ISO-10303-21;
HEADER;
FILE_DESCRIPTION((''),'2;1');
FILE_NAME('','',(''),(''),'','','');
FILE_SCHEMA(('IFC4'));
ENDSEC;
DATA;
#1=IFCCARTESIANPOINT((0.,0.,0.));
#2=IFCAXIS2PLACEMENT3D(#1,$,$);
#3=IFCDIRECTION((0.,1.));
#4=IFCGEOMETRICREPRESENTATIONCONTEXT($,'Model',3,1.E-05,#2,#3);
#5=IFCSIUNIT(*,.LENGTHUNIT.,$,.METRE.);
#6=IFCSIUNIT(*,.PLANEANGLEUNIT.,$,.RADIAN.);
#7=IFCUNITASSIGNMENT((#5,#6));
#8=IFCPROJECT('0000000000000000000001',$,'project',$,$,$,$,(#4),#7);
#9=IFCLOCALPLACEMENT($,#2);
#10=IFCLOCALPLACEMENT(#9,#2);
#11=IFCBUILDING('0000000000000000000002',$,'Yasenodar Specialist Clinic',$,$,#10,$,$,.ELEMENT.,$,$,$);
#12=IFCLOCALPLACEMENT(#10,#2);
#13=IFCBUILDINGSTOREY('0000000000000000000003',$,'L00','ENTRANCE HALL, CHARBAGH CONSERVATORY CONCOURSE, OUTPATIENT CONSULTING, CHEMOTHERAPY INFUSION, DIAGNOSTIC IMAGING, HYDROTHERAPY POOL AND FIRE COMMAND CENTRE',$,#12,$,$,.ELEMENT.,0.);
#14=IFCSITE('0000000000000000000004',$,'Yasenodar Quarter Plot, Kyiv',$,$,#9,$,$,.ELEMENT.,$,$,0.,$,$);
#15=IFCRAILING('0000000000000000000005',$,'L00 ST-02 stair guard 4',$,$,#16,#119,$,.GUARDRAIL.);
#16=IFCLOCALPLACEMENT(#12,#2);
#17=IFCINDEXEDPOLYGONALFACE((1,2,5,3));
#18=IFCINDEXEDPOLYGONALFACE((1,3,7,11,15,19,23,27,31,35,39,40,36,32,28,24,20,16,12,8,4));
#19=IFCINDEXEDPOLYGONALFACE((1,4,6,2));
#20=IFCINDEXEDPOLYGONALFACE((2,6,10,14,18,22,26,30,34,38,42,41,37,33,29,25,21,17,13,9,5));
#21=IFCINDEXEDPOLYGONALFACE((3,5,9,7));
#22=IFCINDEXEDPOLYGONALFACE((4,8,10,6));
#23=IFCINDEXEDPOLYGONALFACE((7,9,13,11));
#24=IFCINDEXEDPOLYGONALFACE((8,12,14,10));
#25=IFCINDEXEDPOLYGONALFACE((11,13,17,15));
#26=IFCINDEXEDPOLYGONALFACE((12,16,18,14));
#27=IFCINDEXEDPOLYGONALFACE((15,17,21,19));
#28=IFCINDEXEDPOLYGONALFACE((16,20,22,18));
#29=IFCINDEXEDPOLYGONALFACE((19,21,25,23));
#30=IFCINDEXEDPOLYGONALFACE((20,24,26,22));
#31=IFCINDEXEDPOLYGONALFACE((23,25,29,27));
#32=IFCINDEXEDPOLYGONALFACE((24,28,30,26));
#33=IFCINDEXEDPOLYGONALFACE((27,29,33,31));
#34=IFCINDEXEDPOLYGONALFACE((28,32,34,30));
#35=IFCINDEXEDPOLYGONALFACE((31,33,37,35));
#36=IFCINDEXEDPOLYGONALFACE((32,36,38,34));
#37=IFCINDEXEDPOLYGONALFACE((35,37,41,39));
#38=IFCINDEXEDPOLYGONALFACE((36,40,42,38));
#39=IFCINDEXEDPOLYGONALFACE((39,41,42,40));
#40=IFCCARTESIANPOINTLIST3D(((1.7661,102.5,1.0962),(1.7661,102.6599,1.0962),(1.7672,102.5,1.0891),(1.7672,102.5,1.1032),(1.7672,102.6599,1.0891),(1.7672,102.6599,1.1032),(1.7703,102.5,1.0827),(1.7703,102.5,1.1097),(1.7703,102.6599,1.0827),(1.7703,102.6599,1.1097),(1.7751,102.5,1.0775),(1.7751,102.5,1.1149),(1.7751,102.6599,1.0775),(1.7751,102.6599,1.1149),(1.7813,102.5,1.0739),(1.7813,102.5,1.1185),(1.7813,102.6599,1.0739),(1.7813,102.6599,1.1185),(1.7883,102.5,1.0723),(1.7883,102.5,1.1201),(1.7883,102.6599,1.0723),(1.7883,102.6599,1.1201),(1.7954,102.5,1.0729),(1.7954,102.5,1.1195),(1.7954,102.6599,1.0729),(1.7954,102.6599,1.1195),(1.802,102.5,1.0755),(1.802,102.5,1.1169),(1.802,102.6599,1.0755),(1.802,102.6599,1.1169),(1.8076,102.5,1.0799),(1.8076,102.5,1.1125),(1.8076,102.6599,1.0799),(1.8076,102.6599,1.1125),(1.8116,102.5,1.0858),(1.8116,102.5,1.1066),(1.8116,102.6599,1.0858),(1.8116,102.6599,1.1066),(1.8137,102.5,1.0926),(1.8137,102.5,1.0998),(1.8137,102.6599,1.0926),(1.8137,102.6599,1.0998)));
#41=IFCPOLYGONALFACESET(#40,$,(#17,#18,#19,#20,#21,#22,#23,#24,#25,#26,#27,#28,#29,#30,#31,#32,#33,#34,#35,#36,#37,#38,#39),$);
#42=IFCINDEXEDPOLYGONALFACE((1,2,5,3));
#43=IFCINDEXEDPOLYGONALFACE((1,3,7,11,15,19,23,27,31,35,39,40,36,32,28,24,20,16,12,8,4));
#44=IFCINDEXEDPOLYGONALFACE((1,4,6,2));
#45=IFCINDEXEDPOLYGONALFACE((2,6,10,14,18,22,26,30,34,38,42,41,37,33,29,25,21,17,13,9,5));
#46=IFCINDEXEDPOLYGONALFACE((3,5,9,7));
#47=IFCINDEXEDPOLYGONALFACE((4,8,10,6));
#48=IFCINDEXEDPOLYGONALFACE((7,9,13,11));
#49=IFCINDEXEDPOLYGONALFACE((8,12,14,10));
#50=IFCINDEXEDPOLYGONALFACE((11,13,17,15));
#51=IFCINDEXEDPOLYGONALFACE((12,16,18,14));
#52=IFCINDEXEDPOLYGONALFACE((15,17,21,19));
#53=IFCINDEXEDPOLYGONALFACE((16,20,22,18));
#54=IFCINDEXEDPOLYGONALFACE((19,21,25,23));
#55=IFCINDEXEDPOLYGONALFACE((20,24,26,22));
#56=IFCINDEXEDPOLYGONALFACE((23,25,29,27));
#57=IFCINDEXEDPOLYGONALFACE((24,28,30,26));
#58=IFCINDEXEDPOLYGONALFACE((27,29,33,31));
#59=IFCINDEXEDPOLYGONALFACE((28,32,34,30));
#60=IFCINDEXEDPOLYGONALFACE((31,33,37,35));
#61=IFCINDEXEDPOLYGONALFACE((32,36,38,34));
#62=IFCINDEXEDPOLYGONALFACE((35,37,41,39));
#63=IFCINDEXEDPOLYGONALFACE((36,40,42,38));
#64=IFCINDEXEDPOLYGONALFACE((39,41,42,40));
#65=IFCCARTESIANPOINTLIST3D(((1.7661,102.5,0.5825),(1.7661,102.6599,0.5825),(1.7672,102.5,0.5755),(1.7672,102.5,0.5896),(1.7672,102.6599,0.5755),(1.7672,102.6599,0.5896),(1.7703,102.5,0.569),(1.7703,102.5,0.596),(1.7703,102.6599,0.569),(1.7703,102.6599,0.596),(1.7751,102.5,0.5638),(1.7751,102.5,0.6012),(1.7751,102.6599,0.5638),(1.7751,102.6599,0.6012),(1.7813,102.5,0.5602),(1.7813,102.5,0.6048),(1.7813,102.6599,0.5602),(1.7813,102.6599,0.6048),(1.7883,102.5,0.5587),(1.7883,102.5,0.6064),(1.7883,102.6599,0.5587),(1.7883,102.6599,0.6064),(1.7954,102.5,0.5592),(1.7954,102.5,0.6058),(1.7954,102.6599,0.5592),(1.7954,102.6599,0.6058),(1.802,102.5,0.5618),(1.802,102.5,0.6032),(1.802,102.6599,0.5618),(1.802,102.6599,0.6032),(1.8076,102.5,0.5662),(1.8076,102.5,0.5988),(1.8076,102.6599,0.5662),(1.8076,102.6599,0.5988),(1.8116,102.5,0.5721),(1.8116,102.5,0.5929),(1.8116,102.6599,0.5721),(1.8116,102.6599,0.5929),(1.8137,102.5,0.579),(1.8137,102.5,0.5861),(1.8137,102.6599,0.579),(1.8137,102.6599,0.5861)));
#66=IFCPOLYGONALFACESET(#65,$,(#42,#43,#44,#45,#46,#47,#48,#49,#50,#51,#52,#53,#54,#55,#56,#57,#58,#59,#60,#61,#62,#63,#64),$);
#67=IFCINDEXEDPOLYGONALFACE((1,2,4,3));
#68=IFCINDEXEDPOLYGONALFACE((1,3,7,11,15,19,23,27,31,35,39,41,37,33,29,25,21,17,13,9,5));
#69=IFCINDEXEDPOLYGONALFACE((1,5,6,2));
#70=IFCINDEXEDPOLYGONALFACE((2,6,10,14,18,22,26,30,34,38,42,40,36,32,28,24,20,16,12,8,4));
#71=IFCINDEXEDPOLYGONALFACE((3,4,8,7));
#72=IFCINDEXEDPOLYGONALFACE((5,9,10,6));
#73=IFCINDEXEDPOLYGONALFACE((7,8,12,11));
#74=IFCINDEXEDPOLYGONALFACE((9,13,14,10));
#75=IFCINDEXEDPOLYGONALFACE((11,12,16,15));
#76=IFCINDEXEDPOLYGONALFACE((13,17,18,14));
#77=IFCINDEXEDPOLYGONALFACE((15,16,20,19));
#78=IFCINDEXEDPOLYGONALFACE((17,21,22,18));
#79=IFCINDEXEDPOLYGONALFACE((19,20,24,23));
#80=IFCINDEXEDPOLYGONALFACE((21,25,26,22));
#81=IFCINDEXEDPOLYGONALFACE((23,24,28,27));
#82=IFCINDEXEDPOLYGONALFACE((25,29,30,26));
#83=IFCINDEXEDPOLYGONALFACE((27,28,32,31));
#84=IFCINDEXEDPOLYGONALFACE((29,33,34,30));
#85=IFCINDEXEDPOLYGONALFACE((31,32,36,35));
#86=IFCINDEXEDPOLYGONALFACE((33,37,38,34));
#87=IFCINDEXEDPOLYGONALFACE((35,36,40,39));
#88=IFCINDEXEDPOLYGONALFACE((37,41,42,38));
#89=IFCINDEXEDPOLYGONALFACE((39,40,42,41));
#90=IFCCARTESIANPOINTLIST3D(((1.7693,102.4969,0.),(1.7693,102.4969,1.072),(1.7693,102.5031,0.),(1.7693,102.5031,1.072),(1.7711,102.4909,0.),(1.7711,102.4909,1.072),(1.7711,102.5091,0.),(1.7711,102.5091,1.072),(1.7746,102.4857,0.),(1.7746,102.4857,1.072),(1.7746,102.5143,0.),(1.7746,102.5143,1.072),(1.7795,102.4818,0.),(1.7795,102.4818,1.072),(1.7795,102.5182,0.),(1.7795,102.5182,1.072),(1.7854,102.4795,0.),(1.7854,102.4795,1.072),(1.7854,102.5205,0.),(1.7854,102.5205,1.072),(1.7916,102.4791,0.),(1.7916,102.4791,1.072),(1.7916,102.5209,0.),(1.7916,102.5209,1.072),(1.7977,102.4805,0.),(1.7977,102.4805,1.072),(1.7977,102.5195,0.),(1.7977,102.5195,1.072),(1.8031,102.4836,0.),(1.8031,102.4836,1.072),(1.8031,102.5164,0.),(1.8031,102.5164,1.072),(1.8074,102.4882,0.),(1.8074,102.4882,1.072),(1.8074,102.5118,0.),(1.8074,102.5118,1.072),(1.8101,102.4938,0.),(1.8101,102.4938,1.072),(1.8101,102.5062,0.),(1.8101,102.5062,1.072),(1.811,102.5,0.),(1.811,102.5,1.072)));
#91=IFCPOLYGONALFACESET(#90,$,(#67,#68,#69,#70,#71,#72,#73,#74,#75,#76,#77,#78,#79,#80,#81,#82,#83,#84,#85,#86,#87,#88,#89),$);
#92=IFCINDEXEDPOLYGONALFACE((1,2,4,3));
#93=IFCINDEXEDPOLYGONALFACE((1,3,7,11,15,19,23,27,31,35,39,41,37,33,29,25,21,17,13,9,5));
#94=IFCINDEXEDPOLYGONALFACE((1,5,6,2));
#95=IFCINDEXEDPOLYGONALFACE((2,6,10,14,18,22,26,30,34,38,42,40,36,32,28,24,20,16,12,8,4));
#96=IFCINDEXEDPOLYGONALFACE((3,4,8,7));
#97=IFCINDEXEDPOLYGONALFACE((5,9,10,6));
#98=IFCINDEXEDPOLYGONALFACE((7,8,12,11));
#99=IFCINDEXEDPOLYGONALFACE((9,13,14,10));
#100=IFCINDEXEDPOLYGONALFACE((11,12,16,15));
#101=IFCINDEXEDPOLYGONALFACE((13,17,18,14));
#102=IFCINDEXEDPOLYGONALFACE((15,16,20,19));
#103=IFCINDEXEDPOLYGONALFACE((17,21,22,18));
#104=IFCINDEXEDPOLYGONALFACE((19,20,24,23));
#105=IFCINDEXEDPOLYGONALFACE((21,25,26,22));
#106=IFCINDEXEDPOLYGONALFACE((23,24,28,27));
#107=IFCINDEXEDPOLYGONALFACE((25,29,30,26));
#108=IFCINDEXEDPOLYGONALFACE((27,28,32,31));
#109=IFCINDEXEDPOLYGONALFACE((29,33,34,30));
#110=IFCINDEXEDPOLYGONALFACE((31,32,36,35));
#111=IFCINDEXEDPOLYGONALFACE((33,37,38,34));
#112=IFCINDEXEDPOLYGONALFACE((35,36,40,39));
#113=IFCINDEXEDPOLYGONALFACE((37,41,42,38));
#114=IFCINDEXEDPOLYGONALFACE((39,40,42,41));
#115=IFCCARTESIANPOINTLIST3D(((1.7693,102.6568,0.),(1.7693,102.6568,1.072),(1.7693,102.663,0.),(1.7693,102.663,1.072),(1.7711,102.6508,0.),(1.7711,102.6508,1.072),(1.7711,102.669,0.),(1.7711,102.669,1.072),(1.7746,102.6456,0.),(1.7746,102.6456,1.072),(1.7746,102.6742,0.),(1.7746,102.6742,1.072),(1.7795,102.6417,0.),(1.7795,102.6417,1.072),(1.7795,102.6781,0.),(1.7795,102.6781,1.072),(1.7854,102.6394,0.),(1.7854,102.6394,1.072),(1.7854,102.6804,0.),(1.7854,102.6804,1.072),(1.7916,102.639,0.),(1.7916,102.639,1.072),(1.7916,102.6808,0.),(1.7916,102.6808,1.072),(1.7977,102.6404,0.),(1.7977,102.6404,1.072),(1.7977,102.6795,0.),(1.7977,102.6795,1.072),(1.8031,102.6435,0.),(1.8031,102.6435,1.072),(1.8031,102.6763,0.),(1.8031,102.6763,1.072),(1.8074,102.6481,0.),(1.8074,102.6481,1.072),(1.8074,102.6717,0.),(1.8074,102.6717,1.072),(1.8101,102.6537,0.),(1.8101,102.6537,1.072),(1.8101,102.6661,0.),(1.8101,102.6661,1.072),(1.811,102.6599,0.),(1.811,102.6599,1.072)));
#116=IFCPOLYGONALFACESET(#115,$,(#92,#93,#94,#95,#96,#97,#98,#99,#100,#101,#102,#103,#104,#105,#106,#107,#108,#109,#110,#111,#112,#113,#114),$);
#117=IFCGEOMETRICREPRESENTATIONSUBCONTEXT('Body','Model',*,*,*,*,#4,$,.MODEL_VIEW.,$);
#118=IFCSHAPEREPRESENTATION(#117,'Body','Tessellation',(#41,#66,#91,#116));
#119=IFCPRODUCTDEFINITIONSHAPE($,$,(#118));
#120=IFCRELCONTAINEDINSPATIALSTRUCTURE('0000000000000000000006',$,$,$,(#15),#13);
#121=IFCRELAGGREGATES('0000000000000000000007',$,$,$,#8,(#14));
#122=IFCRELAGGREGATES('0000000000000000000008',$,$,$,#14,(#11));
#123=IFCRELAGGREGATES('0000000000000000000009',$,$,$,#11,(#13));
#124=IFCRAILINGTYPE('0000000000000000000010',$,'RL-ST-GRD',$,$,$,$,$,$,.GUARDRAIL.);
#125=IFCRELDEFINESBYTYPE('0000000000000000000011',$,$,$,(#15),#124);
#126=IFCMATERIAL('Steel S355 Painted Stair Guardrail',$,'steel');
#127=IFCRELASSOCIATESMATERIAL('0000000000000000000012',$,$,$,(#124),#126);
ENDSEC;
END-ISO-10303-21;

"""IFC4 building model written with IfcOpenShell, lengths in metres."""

from ifc_helpers import new_model, si_unit, direction, frame, origin, origin_2d, place, context, subcontext, project, spatial, circle, extrude, material, type_object, element, save


model = new_model("IFC4")

# Units and contexts
model_context = context("Model", 3, precision=1e-05, world=origin(), true_north=direction((0.0, 1.0)))
body_context = subcontext(model_context, "Body", "Model", "MODEL_VIEW")
ifc_project = project(units=[si_unit("LENGTHUNIT", "METRE"), si_unit("PLANEANGLEUNIT", "RADIAN")], contexts=[model_context])

# Site, building, storey
site_placement = place(None, origin())
site = spatial("IfcSite", under=ifc_project, at=site_placement, Name="Yasenodar Quarter Plot, Kyiv", CompositionType="ELEMENT", RefElevation=0.0)
building_placement = place(site_placement, origin())
building = spatial("IfcBuilding", under=site, at=building_placement, Name="Yasenodar Specialist Clinic", CompositionType="ELEMENT")
storey_placement = place(building_placement, origin())
storey = spatial("IfcBuildingStorey", under=building, at=storey_placement, Name="L00", Description="ENTRANCE HALL, CHARBAGH CONSERVATORY CONCOURSE, OUTPATIENT CONSULTING, CHEMOTHERAPY INFUSION, DIAGNOSTIC IMAGING, HYDROTHERAPY POOL AND FIRE COMMAND CENTRE", CompositionType="ELEMENT", Elevation=0.0)

# Railing
ifc_material_1 = material(Name="Steel S355 Painted Stair Guardrail", Category="steel")
railing_type_1 = type_object("IfcRailingType", Name="RL-ST-GRD", PredefinedType="GUARDRAIL", material=ifc_material_1)
railing_1_placement = place(storey_placement, frame((1.79, 102.5, 0.0)))
element("IfcRailing", 1, at=railing_1_placement, inside=storey, type_object=railing_type_1, Name="L00 ST-02 stair guard 4", PredefinedType="GUARDRAIL", context=body_context, shape_type="SweptSolid", body=[
    extrude(circle(Radius=0.0239, at=origin_2d()), frame((0.0, 0.0, 1.0962), z_axis=(0.0, 1.0, 0.0), x_axis=(-1.0, 0.0, 0.0)), (0.0, 0.0, 1.0), 0.1599),
    extrude(circle(Radius=0.0239, at=origin_2d()), frame((0.0, 0.0, 0.5825), z_axis=(0.0, 1.0, 0.0), x_axis=(-1.0, 0.0, 0.0)), (0.0, 0.0, 1.0), 0.1599),
    extrude(circle(Radius=0.021, at=origin_2d()), origin(), (0.0, 0.0, 1.0), 1.072),
    extrude(circle(Radius=0.021, at=origin_2d()), frame((0.0, 0.1599, 0.0)), (0.0, 0.0, 1.0), 1.072),
])

save(model, "model.ifc")
